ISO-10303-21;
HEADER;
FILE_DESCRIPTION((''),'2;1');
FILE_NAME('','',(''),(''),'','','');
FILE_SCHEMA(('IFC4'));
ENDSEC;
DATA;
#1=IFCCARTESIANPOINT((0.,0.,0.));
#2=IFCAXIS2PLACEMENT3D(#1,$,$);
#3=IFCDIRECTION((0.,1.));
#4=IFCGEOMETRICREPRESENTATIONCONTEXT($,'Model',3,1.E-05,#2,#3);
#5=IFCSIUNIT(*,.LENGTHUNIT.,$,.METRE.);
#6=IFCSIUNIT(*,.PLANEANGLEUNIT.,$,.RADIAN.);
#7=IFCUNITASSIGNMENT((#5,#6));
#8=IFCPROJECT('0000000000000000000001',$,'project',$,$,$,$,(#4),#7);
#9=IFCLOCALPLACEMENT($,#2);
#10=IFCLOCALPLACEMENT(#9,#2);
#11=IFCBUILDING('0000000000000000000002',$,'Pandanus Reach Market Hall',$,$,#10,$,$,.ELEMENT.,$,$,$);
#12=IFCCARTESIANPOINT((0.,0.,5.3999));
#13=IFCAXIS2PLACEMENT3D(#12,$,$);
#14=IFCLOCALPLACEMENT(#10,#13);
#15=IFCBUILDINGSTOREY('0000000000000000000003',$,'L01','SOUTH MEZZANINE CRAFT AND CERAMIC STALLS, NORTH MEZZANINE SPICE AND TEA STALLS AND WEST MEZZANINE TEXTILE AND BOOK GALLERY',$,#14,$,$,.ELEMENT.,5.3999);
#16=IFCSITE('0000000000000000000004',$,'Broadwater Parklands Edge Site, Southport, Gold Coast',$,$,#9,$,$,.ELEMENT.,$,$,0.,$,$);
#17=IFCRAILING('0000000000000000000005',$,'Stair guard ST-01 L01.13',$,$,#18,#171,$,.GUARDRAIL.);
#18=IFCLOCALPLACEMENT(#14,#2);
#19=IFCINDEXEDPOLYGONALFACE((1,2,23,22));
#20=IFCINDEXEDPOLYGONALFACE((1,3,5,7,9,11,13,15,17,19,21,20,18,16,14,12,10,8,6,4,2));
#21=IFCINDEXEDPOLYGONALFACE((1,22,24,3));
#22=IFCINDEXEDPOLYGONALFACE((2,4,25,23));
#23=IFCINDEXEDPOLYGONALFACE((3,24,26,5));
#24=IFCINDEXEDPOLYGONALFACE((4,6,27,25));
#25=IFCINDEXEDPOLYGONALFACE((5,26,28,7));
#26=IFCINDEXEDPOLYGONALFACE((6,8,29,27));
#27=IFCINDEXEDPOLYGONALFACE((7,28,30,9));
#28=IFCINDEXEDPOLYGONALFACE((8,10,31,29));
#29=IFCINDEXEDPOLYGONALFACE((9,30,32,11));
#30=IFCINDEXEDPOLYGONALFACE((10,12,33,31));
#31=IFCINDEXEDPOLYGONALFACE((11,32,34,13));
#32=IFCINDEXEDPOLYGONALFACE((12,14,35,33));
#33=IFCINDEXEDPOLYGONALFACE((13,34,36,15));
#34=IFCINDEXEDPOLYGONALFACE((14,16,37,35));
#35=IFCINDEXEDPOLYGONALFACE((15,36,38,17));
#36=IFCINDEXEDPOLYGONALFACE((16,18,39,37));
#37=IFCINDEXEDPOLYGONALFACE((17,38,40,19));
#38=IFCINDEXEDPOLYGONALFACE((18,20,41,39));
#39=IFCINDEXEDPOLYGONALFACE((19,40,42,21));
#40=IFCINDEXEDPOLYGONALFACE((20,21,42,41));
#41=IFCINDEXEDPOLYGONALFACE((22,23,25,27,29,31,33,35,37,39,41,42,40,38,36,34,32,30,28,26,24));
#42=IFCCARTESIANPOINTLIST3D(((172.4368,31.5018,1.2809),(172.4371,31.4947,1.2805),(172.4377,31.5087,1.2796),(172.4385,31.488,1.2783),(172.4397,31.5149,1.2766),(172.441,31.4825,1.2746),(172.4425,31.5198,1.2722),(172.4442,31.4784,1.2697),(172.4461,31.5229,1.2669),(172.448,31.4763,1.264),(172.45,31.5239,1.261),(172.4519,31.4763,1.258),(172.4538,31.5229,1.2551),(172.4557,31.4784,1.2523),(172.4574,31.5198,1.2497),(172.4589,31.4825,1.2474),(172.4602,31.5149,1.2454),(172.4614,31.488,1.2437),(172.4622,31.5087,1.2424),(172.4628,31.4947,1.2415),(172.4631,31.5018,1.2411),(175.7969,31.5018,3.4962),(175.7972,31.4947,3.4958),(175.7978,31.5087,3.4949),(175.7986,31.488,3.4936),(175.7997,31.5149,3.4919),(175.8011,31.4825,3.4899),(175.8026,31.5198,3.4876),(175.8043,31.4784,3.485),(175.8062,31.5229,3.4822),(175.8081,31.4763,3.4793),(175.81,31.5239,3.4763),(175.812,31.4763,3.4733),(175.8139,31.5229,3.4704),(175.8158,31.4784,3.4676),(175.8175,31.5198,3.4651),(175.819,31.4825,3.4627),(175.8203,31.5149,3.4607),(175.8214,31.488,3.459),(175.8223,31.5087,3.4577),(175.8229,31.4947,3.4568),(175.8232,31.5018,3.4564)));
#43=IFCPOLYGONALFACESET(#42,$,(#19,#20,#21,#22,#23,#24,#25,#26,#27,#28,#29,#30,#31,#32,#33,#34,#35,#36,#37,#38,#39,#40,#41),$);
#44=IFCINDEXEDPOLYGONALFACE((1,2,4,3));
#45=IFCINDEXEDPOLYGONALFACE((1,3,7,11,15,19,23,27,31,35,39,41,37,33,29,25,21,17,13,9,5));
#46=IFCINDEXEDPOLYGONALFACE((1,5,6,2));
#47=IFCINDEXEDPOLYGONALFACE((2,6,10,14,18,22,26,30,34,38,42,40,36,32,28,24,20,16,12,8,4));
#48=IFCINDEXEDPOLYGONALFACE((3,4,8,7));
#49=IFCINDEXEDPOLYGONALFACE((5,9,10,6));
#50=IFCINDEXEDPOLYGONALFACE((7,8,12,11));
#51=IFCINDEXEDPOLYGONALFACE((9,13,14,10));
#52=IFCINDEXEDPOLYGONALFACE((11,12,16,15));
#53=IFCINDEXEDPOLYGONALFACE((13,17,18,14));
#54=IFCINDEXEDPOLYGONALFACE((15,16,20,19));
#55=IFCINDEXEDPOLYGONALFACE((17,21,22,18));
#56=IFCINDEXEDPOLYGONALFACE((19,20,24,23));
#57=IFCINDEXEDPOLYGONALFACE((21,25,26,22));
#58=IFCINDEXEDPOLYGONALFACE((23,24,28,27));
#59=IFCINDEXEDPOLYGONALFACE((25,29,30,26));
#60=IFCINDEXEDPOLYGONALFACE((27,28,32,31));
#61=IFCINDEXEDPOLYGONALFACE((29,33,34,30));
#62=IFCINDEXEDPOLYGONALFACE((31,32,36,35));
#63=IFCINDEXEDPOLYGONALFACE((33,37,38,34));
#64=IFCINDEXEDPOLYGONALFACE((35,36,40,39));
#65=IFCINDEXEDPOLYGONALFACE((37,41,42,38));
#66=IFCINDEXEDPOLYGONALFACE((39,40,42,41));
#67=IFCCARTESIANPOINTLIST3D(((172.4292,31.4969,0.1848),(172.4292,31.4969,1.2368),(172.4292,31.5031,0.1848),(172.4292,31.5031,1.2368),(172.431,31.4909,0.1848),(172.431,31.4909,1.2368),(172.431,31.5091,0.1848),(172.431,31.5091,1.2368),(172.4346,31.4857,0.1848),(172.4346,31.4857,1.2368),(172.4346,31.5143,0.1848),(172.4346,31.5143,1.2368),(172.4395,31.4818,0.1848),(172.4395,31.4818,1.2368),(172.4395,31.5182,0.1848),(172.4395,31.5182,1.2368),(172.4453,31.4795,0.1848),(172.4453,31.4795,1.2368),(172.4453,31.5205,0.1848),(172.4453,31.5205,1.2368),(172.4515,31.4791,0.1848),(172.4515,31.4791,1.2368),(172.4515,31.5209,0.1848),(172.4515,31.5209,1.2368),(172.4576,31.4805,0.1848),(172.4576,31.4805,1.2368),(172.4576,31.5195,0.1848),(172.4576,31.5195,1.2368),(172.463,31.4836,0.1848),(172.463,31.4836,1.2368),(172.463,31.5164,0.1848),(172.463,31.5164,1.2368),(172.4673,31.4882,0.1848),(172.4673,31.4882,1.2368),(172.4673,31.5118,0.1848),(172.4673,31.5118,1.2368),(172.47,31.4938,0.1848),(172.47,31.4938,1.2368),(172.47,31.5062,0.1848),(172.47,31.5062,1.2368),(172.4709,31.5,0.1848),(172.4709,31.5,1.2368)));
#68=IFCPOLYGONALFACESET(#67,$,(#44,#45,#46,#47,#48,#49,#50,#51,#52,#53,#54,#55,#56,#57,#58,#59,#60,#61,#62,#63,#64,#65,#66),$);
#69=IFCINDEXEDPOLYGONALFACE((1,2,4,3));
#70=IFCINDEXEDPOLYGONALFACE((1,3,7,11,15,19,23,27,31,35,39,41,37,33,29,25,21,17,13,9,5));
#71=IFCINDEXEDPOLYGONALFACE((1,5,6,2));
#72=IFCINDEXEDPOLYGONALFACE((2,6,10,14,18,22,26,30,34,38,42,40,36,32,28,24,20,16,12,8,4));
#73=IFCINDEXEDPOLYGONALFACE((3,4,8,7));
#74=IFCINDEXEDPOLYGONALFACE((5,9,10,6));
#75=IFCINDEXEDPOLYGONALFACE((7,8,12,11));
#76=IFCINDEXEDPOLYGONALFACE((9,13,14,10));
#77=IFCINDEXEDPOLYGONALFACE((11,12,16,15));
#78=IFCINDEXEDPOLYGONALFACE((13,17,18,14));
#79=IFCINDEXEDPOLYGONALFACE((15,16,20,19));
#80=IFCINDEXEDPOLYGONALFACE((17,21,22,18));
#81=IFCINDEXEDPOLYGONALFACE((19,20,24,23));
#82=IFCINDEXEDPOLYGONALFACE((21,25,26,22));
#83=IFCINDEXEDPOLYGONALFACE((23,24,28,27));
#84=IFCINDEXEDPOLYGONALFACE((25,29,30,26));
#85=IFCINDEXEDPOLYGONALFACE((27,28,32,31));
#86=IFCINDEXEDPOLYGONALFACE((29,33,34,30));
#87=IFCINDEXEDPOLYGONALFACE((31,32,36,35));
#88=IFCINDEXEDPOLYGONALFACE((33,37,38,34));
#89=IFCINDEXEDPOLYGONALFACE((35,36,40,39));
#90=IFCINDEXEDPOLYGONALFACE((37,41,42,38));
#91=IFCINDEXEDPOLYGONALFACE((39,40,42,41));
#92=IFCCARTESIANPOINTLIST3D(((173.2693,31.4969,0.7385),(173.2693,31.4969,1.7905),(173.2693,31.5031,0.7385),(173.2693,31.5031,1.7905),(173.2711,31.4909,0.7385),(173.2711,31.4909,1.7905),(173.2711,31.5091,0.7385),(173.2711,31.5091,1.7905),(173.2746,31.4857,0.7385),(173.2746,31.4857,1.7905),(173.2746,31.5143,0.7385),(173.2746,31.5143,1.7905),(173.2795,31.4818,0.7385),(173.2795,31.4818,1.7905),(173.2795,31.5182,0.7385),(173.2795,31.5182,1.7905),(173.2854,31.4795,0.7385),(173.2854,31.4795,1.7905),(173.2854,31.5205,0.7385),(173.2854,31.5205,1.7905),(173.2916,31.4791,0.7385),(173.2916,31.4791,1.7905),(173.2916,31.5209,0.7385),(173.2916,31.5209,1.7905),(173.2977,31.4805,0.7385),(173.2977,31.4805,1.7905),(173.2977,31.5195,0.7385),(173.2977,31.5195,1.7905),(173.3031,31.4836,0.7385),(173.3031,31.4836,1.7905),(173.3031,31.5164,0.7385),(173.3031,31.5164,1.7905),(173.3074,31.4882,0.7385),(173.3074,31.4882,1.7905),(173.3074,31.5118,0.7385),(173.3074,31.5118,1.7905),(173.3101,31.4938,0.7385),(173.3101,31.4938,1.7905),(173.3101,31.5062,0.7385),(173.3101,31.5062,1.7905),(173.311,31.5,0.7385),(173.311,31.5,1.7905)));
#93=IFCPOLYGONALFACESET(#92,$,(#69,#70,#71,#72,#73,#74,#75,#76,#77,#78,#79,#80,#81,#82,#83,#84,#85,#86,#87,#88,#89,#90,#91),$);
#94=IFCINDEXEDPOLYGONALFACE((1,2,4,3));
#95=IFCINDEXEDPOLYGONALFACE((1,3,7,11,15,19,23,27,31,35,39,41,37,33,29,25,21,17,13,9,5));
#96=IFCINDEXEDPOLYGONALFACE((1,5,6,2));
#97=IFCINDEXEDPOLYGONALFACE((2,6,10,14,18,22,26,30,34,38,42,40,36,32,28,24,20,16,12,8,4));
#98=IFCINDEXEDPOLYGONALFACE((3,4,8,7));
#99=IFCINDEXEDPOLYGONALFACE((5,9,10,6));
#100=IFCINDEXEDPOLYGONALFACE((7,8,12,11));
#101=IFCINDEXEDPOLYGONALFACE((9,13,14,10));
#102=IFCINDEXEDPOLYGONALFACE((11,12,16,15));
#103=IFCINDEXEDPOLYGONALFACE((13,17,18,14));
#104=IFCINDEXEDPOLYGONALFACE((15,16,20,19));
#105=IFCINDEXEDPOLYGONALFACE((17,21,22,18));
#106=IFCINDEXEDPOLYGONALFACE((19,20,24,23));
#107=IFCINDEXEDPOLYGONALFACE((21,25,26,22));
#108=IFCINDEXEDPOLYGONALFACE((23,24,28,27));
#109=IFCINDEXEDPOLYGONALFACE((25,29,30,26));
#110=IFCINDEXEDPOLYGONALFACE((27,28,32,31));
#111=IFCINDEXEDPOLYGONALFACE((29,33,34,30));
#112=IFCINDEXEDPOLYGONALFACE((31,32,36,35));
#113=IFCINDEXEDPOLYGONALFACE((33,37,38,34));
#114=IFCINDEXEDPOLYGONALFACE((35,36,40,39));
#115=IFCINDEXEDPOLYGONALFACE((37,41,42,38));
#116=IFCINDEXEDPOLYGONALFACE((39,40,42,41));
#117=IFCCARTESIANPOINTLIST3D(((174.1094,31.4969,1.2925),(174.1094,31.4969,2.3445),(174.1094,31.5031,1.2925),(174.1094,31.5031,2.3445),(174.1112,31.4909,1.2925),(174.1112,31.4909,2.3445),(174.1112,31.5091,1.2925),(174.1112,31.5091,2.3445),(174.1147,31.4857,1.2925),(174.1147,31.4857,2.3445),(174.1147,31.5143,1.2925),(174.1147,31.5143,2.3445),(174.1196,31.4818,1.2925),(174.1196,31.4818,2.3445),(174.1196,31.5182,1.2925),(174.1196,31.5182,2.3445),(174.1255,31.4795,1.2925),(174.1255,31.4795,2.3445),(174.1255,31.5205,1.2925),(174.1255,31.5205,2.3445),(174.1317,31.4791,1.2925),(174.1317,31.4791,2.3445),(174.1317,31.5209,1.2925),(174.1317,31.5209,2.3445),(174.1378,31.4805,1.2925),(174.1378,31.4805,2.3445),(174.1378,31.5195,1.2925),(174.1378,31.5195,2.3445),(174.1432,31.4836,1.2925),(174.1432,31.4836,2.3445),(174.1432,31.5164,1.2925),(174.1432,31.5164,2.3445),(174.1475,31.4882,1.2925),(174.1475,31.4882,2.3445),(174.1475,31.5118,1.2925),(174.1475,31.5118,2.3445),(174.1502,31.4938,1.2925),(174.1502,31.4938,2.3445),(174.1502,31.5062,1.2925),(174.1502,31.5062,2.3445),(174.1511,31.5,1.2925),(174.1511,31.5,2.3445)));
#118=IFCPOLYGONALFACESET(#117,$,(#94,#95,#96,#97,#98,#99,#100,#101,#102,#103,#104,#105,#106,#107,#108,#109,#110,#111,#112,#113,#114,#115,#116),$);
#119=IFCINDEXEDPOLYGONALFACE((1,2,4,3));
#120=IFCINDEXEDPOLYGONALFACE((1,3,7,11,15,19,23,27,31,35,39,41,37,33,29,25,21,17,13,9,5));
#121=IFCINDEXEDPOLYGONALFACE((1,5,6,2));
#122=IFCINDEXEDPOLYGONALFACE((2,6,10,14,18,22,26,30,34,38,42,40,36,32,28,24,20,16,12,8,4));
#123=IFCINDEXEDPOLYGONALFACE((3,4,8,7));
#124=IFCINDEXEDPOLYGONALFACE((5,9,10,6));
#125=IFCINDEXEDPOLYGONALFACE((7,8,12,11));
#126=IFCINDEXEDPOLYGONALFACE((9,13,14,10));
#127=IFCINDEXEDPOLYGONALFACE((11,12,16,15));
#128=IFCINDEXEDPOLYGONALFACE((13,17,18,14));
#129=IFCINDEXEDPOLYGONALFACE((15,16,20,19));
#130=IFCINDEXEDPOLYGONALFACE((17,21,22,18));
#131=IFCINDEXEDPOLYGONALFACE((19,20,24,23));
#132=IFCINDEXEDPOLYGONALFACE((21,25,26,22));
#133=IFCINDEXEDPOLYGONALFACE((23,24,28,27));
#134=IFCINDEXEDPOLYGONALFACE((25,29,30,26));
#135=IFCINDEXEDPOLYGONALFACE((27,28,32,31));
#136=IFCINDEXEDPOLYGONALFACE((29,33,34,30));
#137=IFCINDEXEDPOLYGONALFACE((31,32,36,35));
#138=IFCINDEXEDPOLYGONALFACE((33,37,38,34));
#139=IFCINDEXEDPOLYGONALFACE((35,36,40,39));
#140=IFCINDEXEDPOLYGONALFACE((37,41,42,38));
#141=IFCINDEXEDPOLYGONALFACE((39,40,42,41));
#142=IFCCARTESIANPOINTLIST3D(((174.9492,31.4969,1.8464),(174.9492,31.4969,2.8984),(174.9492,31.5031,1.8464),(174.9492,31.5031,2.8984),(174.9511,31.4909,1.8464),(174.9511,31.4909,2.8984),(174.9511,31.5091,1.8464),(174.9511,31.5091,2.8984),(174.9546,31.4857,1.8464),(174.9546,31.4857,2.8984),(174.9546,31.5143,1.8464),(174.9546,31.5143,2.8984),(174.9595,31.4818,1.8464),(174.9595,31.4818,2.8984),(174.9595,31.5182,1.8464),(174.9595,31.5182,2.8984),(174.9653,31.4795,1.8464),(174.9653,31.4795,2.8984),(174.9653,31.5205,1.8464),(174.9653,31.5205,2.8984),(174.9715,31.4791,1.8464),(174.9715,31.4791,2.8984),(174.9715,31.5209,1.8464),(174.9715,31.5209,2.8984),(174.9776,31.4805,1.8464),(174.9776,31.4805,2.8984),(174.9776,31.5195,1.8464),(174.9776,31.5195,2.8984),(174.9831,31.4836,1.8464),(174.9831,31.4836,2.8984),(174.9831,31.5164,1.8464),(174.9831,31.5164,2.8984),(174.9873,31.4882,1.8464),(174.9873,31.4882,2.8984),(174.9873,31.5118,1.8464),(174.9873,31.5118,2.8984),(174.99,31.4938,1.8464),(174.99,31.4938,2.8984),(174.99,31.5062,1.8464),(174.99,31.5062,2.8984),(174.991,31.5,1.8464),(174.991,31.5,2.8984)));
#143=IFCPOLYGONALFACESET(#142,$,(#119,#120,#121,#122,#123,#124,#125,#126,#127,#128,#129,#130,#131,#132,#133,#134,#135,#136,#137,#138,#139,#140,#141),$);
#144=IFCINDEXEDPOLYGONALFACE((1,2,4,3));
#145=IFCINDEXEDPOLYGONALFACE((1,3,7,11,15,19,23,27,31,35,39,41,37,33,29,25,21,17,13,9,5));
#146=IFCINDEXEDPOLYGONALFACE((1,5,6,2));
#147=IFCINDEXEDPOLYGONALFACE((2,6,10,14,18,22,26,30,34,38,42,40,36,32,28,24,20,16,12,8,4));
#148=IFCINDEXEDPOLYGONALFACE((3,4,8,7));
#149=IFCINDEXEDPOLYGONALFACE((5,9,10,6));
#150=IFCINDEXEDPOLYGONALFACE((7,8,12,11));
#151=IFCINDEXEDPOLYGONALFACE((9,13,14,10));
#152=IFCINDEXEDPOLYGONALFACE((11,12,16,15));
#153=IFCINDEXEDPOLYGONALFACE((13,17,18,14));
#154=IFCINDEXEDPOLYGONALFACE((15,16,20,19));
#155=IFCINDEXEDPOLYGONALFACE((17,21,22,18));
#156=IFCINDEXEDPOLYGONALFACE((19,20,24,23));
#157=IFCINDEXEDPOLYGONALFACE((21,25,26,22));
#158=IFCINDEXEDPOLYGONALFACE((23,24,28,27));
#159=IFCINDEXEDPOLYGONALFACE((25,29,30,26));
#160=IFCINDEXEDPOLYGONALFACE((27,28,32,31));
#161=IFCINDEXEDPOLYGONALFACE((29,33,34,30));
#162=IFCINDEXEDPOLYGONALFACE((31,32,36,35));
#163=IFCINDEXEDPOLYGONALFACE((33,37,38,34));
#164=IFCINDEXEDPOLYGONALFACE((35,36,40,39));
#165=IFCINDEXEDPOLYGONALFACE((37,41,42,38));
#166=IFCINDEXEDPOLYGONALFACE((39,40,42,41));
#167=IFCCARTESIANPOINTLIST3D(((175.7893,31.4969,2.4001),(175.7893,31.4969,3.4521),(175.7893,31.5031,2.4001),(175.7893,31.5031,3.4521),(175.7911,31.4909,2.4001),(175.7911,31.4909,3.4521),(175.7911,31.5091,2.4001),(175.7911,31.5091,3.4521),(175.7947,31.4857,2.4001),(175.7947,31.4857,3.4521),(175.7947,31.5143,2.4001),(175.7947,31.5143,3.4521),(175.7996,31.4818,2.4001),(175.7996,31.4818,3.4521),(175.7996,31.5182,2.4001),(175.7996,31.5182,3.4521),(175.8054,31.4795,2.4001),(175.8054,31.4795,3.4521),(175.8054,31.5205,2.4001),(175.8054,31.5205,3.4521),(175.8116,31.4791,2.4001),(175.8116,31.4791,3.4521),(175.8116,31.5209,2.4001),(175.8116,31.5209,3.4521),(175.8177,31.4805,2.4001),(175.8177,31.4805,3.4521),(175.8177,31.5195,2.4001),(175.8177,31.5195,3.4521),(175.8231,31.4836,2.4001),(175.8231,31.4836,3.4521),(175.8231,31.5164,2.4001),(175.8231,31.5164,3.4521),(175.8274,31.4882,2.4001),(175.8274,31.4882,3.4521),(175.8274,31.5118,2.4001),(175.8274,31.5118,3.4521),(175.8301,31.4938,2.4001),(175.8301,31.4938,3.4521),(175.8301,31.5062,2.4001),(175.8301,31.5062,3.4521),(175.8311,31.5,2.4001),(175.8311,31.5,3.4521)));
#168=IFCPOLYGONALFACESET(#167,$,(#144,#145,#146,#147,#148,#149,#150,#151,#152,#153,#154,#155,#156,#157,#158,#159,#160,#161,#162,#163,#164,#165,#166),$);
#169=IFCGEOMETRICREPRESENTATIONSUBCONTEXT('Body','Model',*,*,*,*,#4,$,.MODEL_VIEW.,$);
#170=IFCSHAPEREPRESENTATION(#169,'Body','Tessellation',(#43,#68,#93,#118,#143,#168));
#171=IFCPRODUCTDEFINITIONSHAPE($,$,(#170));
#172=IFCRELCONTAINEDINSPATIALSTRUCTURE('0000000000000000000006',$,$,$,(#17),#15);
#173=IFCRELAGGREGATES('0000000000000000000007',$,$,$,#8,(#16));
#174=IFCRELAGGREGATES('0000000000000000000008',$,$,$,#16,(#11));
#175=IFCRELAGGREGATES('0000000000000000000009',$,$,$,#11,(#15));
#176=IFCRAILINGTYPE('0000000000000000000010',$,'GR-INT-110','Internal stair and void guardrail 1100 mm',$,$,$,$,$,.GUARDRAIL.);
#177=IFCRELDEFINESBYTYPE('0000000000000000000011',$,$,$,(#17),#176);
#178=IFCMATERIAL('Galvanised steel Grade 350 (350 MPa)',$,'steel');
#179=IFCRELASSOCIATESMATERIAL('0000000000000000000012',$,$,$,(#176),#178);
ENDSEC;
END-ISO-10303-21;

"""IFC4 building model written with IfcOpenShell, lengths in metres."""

from ifc_helpers import new_model, si_unit, direction, frame, origin, origin_2d, place, context, subcontext, project, spatial, circle, extrude, material, type_object, element, save


model = new_model("IFC4")

# Units and contexts
model_context = context("Model", 3, precision=1e-05, world=origin(), true_north=direction((0.0, 1.0)))
body_context = subcontext(model_context, "Body", "Model", "MODEL_VIEW")
ifc_project = project(units=[si_unit("LENGTHUNIT", "METRE"), si_unit("PLANEANGLEUNIT", "RADIAN")], contexts=[model_context])

# Site, building, storey
site_placement = place(None, origin())
site = spatial("IfcSite", under=ifc_project, at=site_placement, Name="Broadwater Parklands Edge Site, Southport, Gold Coast", CompositionType="ELEMENT", RefElevation=0.0)
building_placement = place(site_placement, origin())
building = spatial("IfcBuilding", under=site, at=building_placement, Name="Pandanus Reach Market Hall", CompositionType="ELEMENT")
storey_placement = place(building_placement, frame((0.0, 0.0, 5.3999)))
storey = spatial("IfcBuildingStorey", under=building, at=storey_placement, Name="L01", Description="SOUTH MEZZANINE CRAFT AND CERAMIC STALLS, NORTH MEZZANINE SPICE AND TEA STALLS AND WEST MEZZANINE TEXTILE AND BOOK GALLERY", CompositionType="ELEMENT", Elevation=5.3999)

# Railing
ifc_material_1 = material(Name="Galvanised steel Grade 350 (350 MPa)", Category="steel")
railing_type_1 = type_object("IfcRailingType", Name="GR-INT-110", Description="Internal stair and void guardrail 1100 mm", PredefinedType="GUARDRAIL", material=ifc_material_1)
railing_1_placement = place(storey_placement, frame((172.45, 31.5, 0.1848)))
element("IfcRailing", 1, at=railing_1_placement, inside=storey, type_object=railing_type_1, Name="Stair guard ST-01 L01.13", PredefinedType="GUARDRAIL", context=body_context, shape_type="SweptSolid", body=[
    extrude(circle(Radius=0.0239, at=origin_2d()), frame((0.0, 0.0, 1.0762), z_axis=(0.834876, 0.0, 0.550437), x_axis=(0.0, 1.0, 0.0)), (0.0, 0.0, 1.0), 4.0247),
    extrude(circle(Radius=0.021, at=origin_2d()), origin(), (0.0, 0.0, 1.0), 1.052),
    extrude(circle(Radius=0.021, at=origin_2d()), frame((0.8401, 0.0, 0.5537)), (0.0, 0.0, 1.0), 1.052),
    extrude(circle(Radius=0.021, at=origin_2d()), frame((1.6802, 0.0, 1.1077)), (0.0, 0.0, 1.0), 1.052),
    extrude(circle(Radius=0.021, at=origin_2d()), frame((2.52, 0.0, 1.6616)), (0.0, 0.0, 1.0), 1.052),
    extrude(circle(Radius=0.021, at=origin_2d()), frame((3.3601, 0.0, 2.2153)), (0.0, 0.0, 1.0), 1.052),
])

save(model, "model.ifc")
